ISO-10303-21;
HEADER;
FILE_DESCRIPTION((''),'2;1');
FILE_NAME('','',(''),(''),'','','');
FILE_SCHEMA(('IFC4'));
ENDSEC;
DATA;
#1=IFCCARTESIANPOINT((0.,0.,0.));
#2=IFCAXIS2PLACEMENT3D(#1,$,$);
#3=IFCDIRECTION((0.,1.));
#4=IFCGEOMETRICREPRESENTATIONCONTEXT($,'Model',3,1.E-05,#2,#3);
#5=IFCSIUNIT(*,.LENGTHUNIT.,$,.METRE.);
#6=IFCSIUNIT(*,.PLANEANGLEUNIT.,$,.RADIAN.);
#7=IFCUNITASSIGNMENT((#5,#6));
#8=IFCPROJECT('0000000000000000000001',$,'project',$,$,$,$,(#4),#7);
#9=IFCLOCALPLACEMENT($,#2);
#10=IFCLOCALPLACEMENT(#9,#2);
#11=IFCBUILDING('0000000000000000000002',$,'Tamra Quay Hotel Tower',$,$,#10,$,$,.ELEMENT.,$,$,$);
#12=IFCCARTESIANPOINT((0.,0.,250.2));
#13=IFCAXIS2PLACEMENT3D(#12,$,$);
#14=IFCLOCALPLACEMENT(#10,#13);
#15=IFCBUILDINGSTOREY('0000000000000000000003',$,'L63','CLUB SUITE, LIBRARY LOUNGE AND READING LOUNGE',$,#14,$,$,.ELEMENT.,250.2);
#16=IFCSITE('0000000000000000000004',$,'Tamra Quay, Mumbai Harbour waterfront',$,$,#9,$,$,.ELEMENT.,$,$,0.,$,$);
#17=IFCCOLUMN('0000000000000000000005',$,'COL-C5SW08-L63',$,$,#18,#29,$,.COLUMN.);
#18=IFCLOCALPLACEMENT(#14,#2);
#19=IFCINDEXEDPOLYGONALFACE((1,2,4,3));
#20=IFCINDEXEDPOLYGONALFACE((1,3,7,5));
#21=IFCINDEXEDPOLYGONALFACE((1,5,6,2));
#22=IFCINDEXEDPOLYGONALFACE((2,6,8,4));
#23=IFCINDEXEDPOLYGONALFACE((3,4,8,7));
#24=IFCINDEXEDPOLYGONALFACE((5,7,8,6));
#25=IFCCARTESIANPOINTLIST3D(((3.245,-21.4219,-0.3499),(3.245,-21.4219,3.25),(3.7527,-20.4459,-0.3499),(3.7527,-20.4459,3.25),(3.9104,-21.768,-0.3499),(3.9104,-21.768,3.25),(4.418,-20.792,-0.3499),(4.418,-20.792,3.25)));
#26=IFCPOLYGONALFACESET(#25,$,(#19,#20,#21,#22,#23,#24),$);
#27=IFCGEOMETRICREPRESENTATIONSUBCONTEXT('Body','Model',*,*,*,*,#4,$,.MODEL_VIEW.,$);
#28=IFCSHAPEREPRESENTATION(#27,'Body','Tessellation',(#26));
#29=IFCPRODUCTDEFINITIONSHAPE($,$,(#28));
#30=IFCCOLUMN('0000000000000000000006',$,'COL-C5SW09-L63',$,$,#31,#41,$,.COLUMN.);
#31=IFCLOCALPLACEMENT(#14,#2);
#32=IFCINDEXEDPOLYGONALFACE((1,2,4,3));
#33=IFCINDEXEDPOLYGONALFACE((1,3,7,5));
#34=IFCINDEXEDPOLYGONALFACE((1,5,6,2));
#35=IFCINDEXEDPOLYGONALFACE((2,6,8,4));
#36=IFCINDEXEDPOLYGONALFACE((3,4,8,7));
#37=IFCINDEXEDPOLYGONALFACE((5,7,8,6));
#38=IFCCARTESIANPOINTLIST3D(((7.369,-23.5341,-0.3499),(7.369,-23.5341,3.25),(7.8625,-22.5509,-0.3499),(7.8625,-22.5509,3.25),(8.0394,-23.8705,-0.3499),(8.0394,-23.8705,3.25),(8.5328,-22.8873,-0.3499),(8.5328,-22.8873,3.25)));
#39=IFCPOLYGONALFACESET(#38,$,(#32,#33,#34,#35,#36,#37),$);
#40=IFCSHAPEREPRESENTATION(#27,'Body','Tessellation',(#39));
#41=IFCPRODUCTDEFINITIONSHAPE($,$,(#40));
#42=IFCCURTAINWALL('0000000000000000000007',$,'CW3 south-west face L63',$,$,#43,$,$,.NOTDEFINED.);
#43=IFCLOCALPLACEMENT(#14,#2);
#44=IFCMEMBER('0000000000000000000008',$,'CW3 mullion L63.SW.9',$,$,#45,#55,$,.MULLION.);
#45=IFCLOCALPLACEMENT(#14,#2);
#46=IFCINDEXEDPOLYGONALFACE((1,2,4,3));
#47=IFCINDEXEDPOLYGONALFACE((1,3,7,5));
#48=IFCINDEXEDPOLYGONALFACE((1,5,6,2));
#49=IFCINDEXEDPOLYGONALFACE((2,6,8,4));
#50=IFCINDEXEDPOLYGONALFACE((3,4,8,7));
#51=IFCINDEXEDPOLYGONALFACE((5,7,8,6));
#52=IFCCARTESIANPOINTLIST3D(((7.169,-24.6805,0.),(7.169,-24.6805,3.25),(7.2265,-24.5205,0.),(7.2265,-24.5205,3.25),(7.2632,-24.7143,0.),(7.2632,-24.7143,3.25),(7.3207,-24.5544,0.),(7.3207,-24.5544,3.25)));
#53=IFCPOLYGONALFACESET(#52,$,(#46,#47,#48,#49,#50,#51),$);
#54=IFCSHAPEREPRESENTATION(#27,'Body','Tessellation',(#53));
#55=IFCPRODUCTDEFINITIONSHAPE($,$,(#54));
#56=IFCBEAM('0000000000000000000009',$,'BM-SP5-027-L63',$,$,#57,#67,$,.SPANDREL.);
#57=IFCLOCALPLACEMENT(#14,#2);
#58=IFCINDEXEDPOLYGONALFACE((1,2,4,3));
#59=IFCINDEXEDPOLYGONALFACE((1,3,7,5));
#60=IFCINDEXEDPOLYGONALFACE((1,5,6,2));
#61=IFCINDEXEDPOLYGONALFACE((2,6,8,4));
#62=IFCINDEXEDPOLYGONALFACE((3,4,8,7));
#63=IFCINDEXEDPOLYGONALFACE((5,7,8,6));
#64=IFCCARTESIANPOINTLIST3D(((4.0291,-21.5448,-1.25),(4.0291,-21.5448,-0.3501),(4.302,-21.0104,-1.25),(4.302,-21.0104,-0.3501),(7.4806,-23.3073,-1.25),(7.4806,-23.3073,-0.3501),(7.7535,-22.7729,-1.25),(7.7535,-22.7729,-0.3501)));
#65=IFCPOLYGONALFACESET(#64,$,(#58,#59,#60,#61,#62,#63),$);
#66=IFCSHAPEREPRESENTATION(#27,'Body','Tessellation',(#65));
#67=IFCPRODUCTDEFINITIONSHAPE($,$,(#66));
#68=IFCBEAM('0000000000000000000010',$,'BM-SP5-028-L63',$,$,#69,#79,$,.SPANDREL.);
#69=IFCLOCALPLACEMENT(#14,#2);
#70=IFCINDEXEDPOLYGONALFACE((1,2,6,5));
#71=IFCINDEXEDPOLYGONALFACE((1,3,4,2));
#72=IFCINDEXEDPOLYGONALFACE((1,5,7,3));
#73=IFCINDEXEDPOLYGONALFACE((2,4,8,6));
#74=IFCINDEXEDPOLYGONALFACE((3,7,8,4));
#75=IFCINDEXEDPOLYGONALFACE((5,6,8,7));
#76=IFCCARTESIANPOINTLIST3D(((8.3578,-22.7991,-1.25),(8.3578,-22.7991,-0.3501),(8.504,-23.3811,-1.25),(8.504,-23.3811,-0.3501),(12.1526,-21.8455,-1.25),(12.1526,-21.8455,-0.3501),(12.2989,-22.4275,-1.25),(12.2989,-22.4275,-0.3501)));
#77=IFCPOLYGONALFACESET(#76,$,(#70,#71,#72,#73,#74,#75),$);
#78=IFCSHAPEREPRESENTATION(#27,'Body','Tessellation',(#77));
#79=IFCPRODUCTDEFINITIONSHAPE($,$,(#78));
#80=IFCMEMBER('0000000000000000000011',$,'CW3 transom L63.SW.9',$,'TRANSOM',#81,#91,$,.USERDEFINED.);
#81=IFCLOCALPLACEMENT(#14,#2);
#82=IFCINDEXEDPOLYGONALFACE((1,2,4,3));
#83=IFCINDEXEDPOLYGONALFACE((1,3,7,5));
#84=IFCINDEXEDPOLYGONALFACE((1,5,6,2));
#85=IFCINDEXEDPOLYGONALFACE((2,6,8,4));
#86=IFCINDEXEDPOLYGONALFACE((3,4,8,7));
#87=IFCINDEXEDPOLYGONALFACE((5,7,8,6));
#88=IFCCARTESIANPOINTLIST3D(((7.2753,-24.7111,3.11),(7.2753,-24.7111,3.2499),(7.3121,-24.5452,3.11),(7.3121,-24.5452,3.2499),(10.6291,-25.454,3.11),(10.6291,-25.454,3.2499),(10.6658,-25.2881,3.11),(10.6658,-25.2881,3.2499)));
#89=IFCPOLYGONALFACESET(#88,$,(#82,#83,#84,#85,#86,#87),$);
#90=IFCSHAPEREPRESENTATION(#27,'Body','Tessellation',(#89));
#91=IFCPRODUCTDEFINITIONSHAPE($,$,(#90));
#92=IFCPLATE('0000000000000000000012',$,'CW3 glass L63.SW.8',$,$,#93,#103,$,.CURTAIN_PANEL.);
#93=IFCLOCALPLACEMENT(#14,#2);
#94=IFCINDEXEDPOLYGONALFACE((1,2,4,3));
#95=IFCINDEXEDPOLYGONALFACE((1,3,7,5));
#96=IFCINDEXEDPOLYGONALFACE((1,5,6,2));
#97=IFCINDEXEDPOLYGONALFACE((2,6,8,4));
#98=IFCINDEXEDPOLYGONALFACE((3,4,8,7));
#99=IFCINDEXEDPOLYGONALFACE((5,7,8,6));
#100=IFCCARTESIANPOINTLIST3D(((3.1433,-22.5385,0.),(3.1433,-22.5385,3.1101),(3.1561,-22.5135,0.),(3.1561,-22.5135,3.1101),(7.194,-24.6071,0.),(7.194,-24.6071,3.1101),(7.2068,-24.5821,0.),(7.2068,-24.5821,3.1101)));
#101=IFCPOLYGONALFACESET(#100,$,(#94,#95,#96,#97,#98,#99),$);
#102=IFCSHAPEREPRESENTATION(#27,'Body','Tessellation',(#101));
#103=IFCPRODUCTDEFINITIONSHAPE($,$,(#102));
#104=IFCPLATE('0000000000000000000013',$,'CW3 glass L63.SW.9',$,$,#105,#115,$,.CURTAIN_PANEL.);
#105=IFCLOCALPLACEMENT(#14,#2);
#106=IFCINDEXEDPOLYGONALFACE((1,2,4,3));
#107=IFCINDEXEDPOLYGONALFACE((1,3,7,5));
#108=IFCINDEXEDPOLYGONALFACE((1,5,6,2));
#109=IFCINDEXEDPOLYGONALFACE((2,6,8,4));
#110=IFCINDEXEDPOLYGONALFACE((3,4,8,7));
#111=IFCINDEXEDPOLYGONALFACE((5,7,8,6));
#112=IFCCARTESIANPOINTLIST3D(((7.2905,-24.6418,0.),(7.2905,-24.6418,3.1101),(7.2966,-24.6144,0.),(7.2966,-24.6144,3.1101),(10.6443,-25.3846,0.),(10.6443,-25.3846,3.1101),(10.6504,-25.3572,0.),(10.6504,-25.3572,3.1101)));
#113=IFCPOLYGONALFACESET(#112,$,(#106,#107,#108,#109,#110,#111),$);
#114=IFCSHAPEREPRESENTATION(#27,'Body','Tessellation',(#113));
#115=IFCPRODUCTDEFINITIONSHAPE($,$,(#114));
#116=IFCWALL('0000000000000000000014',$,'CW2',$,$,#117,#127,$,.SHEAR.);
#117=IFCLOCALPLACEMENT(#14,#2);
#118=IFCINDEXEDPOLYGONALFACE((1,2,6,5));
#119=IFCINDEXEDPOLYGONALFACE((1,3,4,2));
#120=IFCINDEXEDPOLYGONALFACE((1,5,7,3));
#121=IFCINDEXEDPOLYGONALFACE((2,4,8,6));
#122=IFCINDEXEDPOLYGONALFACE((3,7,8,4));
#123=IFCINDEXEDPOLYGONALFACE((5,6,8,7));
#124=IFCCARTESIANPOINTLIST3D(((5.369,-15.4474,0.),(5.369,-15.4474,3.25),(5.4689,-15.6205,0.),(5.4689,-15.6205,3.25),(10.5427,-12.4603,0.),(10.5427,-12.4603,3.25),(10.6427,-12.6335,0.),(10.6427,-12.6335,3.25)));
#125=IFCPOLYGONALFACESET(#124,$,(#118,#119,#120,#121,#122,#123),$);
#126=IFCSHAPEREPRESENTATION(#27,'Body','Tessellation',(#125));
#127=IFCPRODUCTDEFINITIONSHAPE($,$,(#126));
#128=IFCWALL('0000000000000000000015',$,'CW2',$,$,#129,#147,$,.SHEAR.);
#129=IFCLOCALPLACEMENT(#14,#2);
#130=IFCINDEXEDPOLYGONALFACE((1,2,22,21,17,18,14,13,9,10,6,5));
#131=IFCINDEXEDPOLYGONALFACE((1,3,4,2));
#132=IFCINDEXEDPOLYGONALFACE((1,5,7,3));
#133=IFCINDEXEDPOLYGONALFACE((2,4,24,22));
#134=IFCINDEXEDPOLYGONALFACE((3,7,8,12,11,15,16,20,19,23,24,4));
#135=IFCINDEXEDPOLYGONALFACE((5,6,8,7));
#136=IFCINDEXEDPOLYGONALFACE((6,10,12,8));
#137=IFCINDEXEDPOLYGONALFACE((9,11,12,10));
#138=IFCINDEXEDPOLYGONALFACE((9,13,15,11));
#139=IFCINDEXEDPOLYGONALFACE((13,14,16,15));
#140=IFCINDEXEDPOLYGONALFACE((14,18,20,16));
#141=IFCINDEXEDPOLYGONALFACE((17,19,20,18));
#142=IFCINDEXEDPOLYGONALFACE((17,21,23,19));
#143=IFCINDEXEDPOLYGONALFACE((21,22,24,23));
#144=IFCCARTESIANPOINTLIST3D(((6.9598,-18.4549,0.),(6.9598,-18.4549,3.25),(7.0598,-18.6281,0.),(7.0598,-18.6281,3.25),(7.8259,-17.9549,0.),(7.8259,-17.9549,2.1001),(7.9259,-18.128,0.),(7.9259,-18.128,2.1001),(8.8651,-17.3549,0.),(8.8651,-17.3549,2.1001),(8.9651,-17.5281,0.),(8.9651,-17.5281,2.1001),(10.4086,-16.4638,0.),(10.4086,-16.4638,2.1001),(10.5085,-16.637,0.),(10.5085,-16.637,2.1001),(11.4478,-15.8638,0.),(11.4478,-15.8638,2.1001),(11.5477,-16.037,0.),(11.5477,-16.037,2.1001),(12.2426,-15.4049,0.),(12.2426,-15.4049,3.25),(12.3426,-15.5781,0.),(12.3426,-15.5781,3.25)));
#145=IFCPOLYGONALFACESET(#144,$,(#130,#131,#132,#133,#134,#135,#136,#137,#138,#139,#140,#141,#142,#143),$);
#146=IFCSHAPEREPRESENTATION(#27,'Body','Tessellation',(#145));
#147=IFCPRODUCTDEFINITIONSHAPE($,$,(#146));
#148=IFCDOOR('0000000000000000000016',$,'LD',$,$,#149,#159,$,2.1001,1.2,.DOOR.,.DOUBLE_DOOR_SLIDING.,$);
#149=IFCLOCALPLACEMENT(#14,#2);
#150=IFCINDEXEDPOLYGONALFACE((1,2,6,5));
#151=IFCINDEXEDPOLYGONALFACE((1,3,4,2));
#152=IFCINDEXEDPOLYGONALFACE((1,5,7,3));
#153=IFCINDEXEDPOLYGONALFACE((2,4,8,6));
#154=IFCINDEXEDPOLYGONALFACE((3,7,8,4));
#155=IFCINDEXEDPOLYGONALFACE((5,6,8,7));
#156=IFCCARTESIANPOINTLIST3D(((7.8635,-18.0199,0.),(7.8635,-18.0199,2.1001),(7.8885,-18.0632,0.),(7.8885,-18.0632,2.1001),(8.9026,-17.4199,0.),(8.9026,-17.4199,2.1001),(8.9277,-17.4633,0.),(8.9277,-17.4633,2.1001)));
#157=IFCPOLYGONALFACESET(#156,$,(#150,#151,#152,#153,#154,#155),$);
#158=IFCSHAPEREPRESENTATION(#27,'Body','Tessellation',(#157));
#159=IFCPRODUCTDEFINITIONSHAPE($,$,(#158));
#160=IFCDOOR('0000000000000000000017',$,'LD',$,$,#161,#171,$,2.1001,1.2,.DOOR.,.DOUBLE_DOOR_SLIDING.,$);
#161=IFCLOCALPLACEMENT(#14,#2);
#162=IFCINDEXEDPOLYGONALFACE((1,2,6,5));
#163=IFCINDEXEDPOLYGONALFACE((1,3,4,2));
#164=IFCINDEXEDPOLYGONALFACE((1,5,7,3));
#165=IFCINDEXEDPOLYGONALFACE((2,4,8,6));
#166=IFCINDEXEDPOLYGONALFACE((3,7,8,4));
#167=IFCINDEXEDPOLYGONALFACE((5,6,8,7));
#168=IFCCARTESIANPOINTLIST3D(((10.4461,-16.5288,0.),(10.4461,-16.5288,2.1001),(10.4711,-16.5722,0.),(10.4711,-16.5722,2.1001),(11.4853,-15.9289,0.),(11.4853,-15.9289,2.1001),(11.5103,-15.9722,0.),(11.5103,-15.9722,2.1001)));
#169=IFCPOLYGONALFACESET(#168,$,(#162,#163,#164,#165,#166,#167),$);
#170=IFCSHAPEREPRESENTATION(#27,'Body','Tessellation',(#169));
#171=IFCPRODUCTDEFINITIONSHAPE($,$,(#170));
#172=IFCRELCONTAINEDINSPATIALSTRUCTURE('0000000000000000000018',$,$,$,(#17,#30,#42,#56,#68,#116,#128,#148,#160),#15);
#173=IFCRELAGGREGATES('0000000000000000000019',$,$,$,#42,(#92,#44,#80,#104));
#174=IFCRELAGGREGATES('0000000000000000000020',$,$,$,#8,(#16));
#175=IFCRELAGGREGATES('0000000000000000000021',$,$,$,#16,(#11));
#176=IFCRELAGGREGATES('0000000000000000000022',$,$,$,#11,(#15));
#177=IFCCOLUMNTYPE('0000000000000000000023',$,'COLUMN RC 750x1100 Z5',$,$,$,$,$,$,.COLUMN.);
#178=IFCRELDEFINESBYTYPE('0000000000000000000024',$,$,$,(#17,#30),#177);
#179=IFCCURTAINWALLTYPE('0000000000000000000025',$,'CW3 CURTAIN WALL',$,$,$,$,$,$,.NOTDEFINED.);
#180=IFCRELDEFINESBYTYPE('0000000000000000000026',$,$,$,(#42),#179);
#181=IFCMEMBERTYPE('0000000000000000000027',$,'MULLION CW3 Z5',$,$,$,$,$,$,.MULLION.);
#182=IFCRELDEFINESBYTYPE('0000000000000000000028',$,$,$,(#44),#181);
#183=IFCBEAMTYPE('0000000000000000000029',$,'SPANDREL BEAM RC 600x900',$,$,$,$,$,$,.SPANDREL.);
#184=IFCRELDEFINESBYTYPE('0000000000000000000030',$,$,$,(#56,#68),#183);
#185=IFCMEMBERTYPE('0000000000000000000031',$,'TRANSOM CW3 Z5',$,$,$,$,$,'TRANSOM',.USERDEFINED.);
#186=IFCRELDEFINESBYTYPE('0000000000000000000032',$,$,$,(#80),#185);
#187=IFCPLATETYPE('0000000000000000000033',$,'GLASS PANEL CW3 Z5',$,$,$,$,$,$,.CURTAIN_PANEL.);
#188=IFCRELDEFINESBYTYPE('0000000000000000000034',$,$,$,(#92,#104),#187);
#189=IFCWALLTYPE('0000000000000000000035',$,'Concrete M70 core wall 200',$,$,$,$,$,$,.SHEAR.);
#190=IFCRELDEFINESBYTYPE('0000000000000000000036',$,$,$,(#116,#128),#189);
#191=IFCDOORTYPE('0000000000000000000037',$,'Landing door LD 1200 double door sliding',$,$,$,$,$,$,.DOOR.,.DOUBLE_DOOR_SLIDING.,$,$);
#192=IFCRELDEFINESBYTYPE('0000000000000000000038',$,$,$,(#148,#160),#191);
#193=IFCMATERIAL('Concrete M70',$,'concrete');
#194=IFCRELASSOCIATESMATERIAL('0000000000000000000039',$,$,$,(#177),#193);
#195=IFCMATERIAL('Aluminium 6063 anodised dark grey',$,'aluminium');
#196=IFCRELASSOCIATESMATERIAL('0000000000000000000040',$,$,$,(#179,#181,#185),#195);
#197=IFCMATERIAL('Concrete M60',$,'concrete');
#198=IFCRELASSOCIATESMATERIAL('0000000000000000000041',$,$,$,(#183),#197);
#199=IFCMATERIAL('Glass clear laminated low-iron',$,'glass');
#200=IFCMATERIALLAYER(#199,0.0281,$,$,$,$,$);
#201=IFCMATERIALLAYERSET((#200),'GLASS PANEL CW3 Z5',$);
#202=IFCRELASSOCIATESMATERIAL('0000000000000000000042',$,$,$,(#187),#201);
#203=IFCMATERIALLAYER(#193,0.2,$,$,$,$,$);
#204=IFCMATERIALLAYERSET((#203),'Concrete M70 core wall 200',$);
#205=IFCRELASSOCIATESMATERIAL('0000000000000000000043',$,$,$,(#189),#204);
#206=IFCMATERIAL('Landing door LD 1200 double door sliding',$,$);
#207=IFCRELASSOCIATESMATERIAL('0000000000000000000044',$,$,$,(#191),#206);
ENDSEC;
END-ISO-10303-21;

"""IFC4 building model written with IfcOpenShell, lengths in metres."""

from ifc_helpers import new_model, si_unit, direction, frame, frame_2d, origin, origin_2d, place, context, subcontext, project, spatial, rectangle, extrude, material, layer, layer_set, material_profile, profile_set, type_object, element, fill, aggregate, save


model = new_model("IFC4")

# Units and contexts
model_context = context("Model", 3, precision=1e-05, world=origin(), true_north=direction((0.0, 1.0)))
body_context = subcontext(model_context, "Body", "Model", "MODEL_VIEW")
ifc_project = project(units=[si_unit("LENGTHUNIT", "METRE"), si_unit("PLANEANGLEUNIT", "RADIAN")], contexts=[model_context])

# Site, building, storey
site_placement = place(None, origin())
site = spatial("IfcSite", under=ifc_project, at=site_placement, Name="Tamra Quay, Mumbai Harbour waterfront", CompositionType="ELEMENT", RefElevation=0.0)
building_placement = place(site_placement, origin())
building = spatial("IfcBuilding", under=site, at=building_placement, Name="Tamra Quay Hotel Tower", CompositionType="ELEMENT")
storey_placement = place(building_placement, frame((0.0, 0.0, 250.2)))
storey = spatial("IfcBuildingStorey", under=building, at=storey_placement, Name="L63", Description="CLUB SUITE, LIBRARY LOUNGE AND READING LOUNGE", CompositionType="ELEMENT", Elevation=250.2)

# Columns
ifc_material_1 = material(Name="Concrete M70", Category="concrete")
ifc_material_profile_1 = material_profile(ifc_material_1, rectangle(XDim=1.1001, YDim=0.75, at=origin_2d()), Name="COLUMN RC 750x1100 Z5")
ifc_profile_set_1 = profile_set([ifc_material_profile_1], Name="Concrete M70")
column_type = type_object("IfcColumnType", Name="COLUMN RC 750x1100 Z5", PredefinedType="COLUMN", material=ifc_profile_set_1)
for number, where, z_axis, x_axis, name in (
    (1, (3.8315, -21.1069, -0.3499), (0.0, 0.0, 1.0), (0.461448, 0.887167, 0.0), "COL-C5SW08-L63"),
    (2, (7.9509, -23.2107, -0.3499), (0.0, 0.0, 1.0), (0.448553, 0.893756, 0.0), "COL-C5SW09-L63"),
):
    element("IfcColumn", number, at=place(storey_placement, frame(where, z_axis=z_axis, x_axis=x_axis)), inside=storey, type_object=column_type, Name=name, PredefinedType="COLUMN", context=body_context, shape_type="SweptSolid", body=[
        extrude(rectangle(XDim=1.1001, YDim=0.75, at=origin_2d()), origin(), (0.0, 0.0, 1.0), 3.5999),
    ])

# Curtain wall, member
ifc_material_2 = material(Name="Aluminium 6063 anodised dark grey", Category="aluminium")
curtain_wall_type = type_object("IfcCurtainWallType", Name="CW3 CURTAIN WALL", PredefinedType="NOTDEFINED", material=ifc_material_2)
curtain_wall_placement = place(storey_placement, origin())
curtain_wall = element("IfcCurtainWall", 3, at=curtain_wall_placement, inside=storey, type_object=curtain_wall_type, Name="CW3 south-west face L63", PredefinedType="NOTDEFINED")
ifc_material_profile_2 = material_profile(ifc_material_2, rectangle(XDim=0.1699, YDim=0.1001, at=origin_2d()), Name="MULLION 100X170")
ifc_profile_set_2 = profile_set([ifc_material_profile_2], Name="Aluminium 6063 anodised dark grey")
member_type_1 = type_object("IfcMemberType", Name="MULLION CW3 Z5", PredefinedType="MULLION", material=ifc_profile_set_2)
member_1_placement = place(storey_placement, frame((7.2449, -24.6174, 0.0), z_axis=(0.0, 0.0, 1.0), x_axis=(-0.338259, -0.941053, 0.0)))
member_1 = element("IfcMember", 4, at=member_1_placement, type_object=member_type_1, Name="CW3 mullion L63.SW.9", PredefinedType="MULLION", context=body_context, shape_type="SweptSolid", body=[
    extrude(rectangle(XDim=0.1699, YDim=0.1001, at=origin_2d()), origin(), (0.0, 0.0, 1.0), 3.25),
])

# Beams
ifc_material_3 = material(Name="Concrete M60", Category="concrete")
ifc_material_profile_3 = material_profile(ifc_material_3, rectangle(XDim=0.6001, YDim=0.8999, at=origin_2d()), Name="SPANDREL BEAM RC 600x900")
ifc_profile_set_3 = profile_set([ifc_material_profile_3], Name="Concrete M60")
beam_type = type_object("IfcBeamType", Name="SPANDREL BEAM RC 600x900", PredefinedType="SPANDREL", material=ifc_profile_set_3)
beam_1_placement = place(storey_placement, frame((4.1655, -21.2776, -0.8), z_axis=(0.890603, -0.454782, 0.0), x_axis=(0.454782, 0.890603, 0.0)))
element("IfcBeam", 5, at=beam_1_placement, inside=storey, type_object=beam_type, Name="BM-SP5-027-L63", PredefinedType="SPANDREL", context=body_context, shape_type="SweptSolid", body=[
    extrude(rectangle(XDim=0.6001, YDim=0.8999, at=origin_2d()), origin(), (0.0, 0.0, 1.0), 3.8755),
])
beam_2_placement = place(storey_placement, frame((8.4309, -23.0901, -0.8), z_axis=(0.969848, 0.24371, 0.0), x_axis=(-0.24371, 0.969848, 0.0)))
element("IfcBeam", 6, at=beam_2_placement, inside=storey, type_object=beam_type, Name="BM-SP5-028-L63", PredefinedType="SPANDREL", context=body_context, shape_type="SweptSolid", body=[
    extrude(rectangle(XDim=0.6001, YDim=0.8999, at=origin_2d()), origin(), (0.0, 0.0, 1.0), 3.9128),
])

# Member
ifc_material_profile_4 = material_profile(ifc_material_2, rectangle(XDim=0.1699, YDim=0.1399, at=origin_2d()), Name="TRANSOM 170X140")
ifc_profile_set_4 = profile_set([ifc_material_profile_4], Name="Aluminium 6063 anodised dark grey")
member_type_2 = type_object("IfcMemberType", Name="TRANSOM CW3 Z5", ElementType="TRANSOM", PredefinedType="USERDEFINED", material=ifc_profile_set_4)
member_2_placement = place(storey_placement, frame((7.2937, -24.6282, 3.1799), z_axis=(0.976332, -0.216276, 0.0), x_axis=(0.216276, 0.976332, 0.0)))
member_2 = element("IfcMember", 7, at=member_2_placement, type_object=member_type_2, Name="CW3 transom L63.SW.9", ObjectType="TRANSOM", PredefinedType="USERDEFINED", context=body_context, shape_type="SweptSolid", body=[
    extrude(rectangle(XDim=0.1699, YDim=0.1399, at=origin_2d()), origin(), (0.0, 0.0, 1.0), 3.4351),
])

# Plates
ifc_material_4 = material(Name="Glass clear laminated low-iron", Category="glass")
ifc_layer_1 = layer(ifc_material_4, 0.0281)
ifc_layer_set_1 = layer_set([ifc_layer_1], Name="GLASS PANEL CW3 Z5")
plate_type = type_object("IfcPlateType", Name="GLASS PANEL CW3 Z5", PredefinedType="CURTAIN_PANEL", material=ifc_layer_set_1)
plate_1_placement = place(storey_placement, frame((5.175, -23.5603, 0.0), z_axis=(0.0, 0.0, 1.0), x_axis=(0.890582, -0.454822, 0.0)))
plate_1 = element("IfcPlate", 8, at=plate_1_placement, type_object=plate_type, Name="CW3 glass L63.SW.8", PredefinedType="CURTAIN_PANEL", context=body_context, shape_type="SweptSolid", body=[
    extrude(rectangle(XDim=4.5483, YDim=0.0281, at=origin_2d()), origin(), (0.0, 0.0, 1.0), 3.1101),
])
plate_2_placement = place(storey_placement, frame((8.9705, -24.9995, 0.0), z_axis=(0.0, 0.0, 1.0), x_axis=(0.976341, -0.216238, 0.0)))
plate_2 = element("IfcPlate", 9, at=plate_2_placement, type_object=plate_type, Name="CW3 glass L63.SW.9", PredefinedType="CURTAIN_PANEL", context=body_context, shape_type="SweptSolid", body=[
    extrude(rectangle(XDim=3.4351, YDim=0.0281, at=origin_2d()), origin(), (0.0, 0.0, 1.0), 3.1101),
])
aggregate(curtain_wall, [plate_1, member_1, member_2, plate_2])

# Wall
ifc_layer_2 = layer(ifc_material_1, 0.2)
ifc_layer_set_2 = layer_set([ifc_layer_2], Name="Concrete M70 core wall 200")
wall_type_1 = type_object("IfcWallType", Name="Concrete M70 core wall 200", PredefinedType="SHEAR", material=ifc_layer_set_2)
wall_1_placement = place(storey_placement, frame((5.4189, -15.5339, 0.0), z_axis=(0.0, 0.0, 1.0), x_axis=(0.866029, 0.499994, 0.0)))
element("IfcWall", 10, at=wall_1_placement, inside=storey, type_object=wall_type_1, Name="CW2", PredefinedType="SHEAR", context=body_context, shape_type="SweptSolid", body=[
    extrude(rectangle(XDim=5.9741, YDim=0.2, at=frame_2d((2.9871, 0.0))), origin(), (0.0, 0.0, 1.0), 3.25),
])

# Wall, openings, doors
wall_2_placement = place(storey_placement, frame((7.0098, -18.5415, 0.0), z_axis=(0.0, 0.0, 1.0), x_axis=(0.86603, 0.499992, 0.0)))
wall_2 = element("IfcWall", 11, at=wall_2_placement, inside=storey, type_object=wall_type_1, Name="CW2", PredefinedType="SHEAR", context=body_context, shape_type="SweptSolid", body=[
    extrude(rectangle(XDim=6.1001, YDim=0.2, at=frame_2d((3.05, 0.0))), origin(), (0.0, 0.0, 1.0), 3.25),
])
opening_1_placement = place(wall_2_placement, frame((1.0, 0.0, 0.0)))
opening_1 = element("IfcOpeningElement", 12, at=opening_1_placement, cuts=wall_2, PredefinedType="OPENING", context=body_context, shape_type="SweptSolid", body=[
    extrude(rectangle(XDim=1.2, YDim=2.1001, at=frame_2d((0.6001, 1.05))), frame((0.0, 0.1099, 0.0), z_axis=(0.0, -1.0, 0.0), x_axis=(1.0, 0.0, 0.0)), (0.0, 0.0, 1.0), 0.22),
])
opening_2_placement = place(wall_2_placement, frame((3.9822, 0.0, 0.0)))
opening_2 = element("IfcOpeningElement", 13, at=opening_2_placement, cuts=wall_2, PredefinedType="OPENING", context=body_context, shape_type="SweptSolid", body=[
    extrude(rectangle(XDim=1.2, YDim=2.1001, at=frame_2d((0.6001, 1.05))), frame((0.0, 0.1099, 0.0), z_axis=(0.0, -1.0, 0.0), x_axis=(1.0, 0.0, 0.0)), (0.0, 0.0, 1.0), 0.22),
])
ifc_material_5 = material(Name="Landing door LD 1200 double door sliding")
door_type_1 = type_object("IfcDoorType", Name="Landing door LD 1200 double door sliding", OperationType="DOUBLE_DOOR_SLIDING", PredefinedType="DOOR", material=ifc_material_5)
door_1_placement = place(opening_1_placement, origin())
door_1 = element("IfcDoor", 14, at=door_1_placement, inside=storey, type_object=door_type_1, Name="LD", OperationType="DOUBLE_DOOR_SLIDING", OverallHeight=2.1001, OverallWidth=1.2, PredefinedType="DOOR", context=body_context, shape_type="SweptSolid", body=[
    extrude(rectangle(XDim=1.2, YDim=2.1001, at=frame_2d((0.6001, 1.05))), frame((0.0, 0.0249, 0.0), z_axis=(0.0, -1.0, 0.0), x_axis=(1.0, 0.0, 0.0)), (0.0, 0.0, 1.0), 0.05),
])
fill(opening_1, door_1)
door_2_placement = place(opening_2_placement, origin())
door_2 = element("IfcDoor", 15, at=door_2_placement, inside=storey, type_object=door_type_1, Name="LD", OperationType="DOUBLE_DOOR_SLIDING", OverallHeight=2.1001, OverallWidth=1.2, PredefinedType="DOOR", context=body_context, shape_type="SweptSolid", body=[
    extrude(rectangle(XDim=1.2, YDim=2.1001, at=frame_2d((0.6001, 1.05))), frame((0.0, 0.0249, 0.0), z_axis=(0.0, -1.0, 0.0), x_axis=(1.0, 0.0, 0.0)), (0.0, 0.0, 1.0), 0.05),
])
fill(opening_2, door_2)

save(model, "model.ifc")
